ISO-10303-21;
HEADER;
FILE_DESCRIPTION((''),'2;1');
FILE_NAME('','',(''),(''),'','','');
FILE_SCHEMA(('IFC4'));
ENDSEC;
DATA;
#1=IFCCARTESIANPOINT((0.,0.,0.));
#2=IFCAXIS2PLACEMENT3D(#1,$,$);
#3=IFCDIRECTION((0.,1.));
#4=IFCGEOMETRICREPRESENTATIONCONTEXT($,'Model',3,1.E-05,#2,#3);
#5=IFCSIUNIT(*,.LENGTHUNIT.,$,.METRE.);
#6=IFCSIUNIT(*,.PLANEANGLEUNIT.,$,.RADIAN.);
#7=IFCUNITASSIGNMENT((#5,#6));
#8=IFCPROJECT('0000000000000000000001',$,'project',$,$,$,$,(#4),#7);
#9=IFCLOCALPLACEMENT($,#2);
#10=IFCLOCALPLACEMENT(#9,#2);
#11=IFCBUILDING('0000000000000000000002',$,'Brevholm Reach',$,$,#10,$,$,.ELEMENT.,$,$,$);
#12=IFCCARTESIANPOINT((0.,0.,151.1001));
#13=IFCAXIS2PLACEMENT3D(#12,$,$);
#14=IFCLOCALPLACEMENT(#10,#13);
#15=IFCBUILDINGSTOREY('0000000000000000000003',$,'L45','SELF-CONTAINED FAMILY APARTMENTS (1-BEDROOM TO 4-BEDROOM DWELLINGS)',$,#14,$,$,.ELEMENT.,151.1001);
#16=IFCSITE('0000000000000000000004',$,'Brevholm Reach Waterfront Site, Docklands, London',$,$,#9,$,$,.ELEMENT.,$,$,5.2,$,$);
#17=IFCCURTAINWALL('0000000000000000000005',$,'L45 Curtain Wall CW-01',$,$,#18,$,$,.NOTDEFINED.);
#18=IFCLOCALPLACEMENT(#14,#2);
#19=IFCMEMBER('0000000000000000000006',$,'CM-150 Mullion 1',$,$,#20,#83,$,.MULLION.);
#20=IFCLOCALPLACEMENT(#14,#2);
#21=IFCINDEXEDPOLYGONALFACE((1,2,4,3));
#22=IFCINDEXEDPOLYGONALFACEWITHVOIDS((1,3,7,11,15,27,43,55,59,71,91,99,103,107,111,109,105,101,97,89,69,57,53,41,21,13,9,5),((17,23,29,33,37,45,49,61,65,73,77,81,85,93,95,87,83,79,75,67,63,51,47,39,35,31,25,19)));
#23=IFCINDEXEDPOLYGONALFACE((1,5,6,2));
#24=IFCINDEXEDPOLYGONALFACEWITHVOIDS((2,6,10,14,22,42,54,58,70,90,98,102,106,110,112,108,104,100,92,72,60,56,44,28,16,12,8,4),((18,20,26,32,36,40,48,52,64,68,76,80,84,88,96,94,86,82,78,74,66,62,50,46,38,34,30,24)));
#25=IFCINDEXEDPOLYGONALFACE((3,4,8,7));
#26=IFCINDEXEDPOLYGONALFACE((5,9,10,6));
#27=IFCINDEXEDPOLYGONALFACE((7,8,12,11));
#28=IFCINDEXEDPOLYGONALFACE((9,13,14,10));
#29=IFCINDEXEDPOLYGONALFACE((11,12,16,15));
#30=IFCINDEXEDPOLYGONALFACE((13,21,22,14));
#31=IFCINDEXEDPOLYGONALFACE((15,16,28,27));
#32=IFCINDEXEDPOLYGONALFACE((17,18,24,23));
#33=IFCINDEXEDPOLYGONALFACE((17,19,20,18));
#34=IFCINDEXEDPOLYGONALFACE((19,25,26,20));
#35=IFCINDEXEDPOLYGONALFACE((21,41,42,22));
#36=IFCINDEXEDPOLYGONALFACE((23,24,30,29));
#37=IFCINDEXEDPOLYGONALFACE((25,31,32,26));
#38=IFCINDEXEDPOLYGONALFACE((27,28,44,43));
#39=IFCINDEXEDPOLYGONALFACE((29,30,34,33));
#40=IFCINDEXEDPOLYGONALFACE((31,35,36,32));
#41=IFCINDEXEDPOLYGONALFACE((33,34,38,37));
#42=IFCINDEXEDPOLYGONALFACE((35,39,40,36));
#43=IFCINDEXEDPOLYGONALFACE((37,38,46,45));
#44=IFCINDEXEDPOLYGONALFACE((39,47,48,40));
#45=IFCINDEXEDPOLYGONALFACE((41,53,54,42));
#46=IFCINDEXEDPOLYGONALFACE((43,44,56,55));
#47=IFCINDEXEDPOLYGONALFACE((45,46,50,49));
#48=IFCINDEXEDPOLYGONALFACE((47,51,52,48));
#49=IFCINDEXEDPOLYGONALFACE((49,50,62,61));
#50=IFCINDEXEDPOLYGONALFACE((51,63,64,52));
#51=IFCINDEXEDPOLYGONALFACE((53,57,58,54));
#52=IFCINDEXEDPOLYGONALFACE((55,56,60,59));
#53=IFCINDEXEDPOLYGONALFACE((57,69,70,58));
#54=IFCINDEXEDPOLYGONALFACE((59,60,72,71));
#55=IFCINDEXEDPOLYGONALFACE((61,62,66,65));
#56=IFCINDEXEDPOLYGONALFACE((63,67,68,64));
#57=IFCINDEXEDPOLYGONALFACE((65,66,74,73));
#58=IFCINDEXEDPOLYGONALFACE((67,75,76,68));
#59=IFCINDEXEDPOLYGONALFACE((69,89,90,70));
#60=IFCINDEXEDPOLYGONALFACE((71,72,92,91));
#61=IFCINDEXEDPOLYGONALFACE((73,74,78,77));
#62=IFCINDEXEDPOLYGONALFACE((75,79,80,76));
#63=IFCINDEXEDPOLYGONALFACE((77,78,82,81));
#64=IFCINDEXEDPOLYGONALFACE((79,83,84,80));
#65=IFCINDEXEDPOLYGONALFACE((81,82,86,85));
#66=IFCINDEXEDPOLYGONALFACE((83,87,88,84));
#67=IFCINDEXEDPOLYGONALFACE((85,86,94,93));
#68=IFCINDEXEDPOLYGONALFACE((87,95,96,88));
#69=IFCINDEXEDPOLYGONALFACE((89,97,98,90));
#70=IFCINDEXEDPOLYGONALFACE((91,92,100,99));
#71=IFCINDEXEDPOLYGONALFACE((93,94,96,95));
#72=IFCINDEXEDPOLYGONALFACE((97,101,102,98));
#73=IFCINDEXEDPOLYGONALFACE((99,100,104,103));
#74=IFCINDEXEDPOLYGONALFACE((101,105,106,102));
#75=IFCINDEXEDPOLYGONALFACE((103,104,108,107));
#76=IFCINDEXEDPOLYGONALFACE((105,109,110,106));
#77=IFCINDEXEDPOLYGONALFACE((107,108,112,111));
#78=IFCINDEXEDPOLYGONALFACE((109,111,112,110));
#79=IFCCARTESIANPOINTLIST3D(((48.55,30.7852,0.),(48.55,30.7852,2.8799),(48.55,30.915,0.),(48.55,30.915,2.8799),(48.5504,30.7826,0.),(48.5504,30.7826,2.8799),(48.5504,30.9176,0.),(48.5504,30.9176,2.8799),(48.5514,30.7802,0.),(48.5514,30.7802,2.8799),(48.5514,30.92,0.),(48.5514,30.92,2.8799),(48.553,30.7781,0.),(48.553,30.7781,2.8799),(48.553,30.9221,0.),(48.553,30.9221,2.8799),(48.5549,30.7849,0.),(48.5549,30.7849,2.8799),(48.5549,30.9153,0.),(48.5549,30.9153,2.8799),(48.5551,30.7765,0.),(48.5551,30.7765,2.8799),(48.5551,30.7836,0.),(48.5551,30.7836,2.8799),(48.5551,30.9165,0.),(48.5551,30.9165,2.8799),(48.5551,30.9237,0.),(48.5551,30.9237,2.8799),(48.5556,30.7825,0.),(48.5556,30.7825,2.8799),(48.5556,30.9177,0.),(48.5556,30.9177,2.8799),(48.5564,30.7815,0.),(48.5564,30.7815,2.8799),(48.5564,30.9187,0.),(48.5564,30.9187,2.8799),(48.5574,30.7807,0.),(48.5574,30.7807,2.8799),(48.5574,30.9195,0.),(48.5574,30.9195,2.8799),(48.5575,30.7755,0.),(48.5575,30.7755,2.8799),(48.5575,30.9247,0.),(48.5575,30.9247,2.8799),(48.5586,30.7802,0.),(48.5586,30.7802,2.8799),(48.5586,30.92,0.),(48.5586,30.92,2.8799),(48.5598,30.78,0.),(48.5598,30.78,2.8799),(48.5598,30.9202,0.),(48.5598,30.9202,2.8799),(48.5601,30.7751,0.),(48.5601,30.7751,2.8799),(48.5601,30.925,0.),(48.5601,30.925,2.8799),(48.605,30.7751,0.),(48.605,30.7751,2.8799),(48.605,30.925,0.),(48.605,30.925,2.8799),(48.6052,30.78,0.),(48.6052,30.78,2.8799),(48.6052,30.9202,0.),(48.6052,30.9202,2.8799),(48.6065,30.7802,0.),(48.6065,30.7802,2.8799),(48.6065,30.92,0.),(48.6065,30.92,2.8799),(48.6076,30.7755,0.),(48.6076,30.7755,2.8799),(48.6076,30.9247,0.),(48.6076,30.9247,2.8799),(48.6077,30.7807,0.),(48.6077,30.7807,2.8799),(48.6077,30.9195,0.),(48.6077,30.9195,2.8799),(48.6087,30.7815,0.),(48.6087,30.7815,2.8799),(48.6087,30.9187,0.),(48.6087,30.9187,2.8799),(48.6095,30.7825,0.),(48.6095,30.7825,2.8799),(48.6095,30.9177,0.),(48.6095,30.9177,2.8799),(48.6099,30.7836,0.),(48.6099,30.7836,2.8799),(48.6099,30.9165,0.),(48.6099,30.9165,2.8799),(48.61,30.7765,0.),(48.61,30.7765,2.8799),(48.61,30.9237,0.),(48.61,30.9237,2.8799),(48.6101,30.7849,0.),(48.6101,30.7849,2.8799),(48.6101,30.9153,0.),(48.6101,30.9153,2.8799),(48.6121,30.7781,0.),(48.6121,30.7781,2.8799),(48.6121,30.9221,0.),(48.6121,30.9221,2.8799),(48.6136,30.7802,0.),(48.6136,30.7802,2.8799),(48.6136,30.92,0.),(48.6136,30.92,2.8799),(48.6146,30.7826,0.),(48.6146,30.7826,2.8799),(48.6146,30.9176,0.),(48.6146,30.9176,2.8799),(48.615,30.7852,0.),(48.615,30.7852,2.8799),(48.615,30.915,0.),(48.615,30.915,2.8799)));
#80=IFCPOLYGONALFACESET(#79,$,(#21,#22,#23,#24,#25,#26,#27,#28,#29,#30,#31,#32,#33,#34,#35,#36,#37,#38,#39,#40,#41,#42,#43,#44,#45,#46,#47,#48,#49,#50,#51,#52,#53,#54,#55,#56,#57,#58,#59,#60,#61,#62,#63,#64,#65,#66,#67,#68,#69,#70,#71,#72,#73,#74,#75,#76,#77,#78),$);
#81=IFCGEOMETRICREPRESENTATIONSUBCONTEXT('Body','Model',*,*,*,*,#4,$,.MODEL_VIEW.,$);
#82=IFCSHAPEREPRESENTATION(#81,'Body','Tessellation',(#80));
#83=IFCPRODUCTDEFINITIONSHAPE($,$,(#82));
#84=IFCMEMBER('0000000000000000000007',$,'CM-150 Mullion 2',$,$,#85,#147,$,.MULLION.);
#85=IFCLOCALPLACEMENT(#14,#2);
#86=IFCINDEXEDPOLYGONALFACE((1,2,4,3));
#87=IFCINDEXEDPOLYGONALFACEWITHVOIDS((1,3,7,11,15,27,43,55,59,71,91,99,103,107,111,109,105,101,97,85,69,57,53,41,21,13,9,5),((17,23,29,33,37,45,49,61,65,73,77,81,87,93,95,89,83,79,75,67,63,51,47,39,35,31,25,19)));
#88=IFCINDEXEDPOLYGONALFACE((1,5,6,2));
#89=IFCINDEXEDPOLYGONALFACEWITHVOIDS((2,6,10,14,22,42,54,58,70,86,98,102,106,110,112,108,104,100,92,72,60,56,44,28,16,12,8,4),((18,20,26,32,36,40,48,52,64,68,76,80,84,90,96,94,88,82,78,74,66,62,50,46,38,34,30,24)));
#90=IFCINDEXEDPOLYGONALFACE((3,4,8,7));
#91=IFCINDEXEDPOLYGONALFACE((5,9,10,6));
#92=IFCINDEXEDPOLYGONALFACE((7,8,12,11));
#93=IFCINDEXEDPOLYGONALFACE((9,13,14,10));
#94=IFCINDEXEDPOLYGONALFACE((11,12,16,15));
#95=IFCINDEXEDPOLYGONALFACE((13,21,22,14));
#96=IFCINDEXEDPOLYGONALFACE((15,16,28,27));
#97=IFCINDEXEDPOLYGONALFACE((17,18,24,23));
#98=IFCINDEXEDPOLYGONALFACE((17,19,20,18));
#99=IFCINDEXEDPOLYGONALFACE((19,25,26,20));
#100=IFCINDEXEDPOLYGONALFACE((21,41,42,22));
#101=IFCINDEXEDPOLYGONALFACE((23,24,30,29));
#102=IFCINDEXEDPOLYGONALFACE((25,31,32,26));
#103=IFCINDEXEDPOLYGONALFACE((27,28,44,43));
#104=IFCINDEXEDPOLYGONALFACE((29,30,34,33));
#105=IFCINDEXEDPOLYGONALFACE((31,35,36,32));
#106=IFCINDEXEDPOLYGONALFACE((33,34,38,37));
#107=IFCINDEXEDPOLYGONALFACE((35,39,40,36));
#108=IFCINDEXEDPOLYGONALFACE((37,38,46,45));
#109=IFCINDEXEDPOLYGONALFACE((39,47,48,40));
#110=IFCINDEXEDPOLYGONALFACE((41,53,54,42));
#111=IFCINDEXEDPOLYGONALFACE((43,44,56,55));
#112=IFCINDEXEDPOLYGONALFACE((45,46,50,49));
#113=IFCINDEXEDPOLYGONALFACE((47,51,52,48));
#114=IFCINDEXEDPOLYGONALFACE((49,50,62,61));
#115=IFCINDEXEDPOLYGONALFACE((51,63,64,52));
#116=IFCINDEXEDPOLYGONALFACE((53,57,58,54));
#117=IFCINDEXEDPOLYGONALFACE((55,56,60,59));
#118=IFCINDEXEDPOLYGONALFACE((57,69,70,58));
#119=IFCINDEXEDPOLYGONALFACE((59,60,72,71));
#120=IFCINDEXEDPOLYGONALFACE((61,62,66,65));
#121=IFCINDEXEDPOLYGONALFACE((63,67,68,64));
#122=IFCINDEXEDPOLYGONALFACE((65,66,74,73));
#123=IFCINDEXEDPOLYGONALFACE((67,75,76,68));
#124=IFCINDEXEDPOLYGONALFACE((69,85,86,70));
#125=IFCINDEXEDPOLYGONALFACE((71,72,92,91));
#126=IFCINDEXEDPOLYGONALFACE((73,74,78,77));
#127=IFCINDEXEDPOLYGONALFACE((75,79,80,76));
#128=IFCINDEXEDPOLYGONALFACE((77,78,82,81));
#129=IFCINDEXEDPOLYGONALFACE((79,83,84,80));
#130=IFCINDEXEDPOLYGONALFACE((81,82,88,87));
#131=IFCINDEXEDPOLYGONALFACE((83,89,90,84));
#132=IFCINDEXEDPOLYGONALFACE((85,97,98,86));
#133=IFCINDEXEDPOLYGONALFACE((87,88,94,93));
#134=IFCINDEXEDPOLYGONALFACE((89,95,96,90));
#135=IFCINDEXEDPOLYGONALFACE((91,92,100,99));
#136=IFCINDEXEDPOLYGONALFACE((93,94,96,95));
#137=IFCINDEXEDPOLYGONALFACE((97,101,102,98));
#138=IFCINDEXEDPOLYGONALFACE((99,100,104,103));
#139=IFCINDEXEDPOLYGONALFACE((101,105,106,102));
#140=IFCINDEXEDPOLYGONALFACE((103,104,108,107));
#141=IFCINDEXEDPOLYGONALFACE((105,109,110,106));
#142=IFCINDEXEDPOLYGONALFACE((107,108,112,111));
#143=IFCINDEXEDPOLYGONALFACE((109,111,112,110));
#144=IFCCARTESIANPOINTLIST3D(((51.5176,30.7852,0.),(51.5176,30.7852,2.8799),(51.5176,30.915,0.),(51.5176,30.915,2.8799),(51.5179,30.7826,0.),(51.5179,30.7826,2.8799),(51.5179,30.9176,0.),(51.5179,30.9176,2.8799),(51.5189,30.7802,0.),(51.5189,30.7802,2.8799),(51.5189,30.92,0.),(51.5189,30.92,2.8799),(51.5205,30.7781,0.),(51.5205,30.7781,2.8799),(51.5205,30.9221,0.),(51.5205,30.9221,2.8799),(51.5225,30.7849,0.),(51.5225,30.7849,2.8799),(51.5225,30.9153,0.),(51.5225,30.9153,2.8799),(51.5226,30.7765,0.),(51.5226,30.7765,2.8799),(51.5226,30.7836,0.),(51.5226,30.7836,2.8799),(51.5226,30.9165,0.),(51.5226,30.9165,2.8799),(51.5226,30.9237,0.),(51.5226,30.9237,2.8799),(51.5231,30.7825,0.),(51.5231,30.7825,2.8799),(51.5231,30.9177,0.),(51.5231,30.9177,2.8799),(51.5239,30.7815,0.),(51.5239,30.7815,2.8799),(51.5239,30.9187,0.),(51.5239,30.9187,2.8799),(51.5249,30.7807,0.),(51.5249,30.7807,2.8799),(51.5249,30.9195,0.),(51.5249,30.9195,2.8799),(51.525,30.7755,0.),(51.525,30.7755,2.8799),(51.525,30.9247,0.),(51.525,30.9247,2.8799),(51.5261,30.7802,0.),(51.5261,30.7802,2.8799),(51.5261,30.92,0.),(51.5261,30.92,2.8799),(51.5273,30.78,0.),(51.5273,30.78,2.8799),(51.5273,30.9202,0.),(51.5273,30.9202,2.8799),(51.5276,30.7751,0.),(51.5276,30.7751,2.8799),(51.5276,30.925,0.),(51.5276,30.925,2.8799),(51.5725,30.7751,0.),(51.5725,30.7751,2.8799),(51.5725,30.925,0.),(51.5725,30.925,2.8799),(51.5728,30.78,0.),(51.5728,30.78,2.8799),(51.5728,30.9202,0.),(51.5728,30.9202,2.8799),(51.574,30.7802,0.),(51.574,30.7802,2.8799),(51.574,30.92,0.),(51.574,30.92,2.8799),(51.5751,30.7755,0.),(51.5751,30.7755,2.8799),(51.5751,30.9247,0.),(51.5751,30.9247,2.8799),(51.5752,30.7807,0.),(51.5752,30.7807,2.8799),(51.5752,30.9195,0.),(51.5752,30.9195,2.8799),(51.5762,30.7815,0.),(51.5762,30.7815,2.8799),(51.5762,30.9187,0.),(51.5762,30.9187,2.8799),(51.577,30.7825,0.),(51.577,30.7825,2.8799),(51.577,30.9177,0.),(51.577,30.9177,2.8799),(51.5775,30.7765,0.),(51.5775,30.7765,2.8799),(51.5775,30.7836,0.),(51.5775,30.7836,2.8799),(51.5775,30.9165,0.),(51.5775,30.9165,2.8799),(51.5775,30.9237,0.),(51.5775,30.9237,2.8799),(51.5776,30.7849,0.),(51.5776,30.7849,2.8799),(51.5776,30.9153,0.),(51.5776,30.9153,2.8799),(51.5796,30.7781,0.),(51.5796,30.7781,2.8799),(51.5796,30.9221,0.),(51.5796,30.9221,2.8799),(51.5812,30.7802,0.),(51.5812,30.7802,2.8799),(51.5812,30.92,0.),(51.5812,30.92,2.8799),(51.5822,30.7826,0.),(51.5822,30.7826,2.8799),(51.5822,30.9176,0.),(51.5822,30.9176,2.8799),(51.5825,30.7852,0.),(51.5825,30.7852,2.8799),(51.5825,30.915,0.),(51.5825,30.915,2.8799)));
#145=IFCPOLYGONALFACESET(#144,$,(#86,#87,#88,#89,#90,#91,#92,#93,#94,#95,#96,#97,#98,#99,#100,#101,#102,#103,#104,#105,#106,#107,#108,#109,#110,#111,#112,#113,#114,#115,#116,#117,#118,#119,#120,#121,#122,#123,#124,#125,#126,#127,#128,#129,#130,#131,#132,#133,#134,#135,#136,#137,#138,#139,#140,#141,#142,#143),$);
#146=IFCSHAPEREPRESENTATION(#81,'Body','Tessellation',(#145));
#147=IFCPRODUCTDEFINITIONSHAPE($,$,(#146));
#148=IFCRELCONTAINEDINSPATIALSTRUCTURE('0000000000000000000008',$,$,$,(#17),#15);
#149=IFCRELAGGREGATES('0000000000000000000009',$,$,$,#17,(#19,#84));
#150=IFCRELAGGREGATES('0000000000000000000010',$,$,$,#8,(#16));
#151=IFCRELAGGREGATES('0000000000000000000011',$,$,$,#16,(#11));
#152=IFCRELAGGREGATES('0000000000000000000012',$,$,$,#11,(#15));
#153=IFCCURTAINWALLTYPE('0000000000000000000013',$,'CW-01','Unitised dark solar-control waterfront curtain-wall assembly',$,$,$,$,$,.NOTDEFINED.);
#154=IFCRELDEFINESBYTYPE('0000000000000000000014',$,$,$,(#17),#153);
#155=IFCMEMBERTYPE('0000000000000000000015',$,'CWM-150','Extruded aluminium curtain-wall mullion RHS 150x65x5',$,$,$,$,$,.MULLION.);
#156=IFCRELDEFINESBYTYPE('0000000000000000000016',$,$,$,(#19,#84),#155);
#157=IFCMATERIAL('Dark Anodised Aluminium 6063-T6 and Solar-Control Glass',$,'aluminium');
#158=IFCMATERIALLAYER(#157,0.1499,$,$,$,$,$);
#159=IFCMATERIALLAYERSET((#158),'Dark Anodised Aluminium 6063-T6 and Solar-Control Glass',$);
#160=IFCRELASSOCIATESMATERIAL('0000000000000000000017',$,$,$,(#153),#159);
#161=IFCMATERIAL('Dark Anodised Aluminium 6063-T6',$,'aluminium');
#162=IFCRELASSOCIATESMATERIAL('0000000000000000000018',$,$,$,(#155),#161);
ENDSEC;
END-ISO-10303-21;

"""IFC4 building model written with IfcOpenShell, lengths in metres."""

from ifc_helpers import new_model, si_unit, direction, frame, origin, origin_2d, place, context, subcontext, project, spatial, hollow_rectangle, extrude, material, layer, layer_set, material_profile, profile_set, type_object, element, aggregate, save


model = new_model("IFC4")

# Units and contexts
model_context = context("Model", 3, precision=1e-05, world=origin(), true_north=direction((0.0, 1.0)))
body_context = subcontext(model_context, "Body", "Model", "MODEL_VIEW")
ifc_project = project(units=[si_unit("LENGTHUNIT", "METRE"), si_unit("PLANEANGLEUNIT", "RADIAN")], contexts=[model_context])

# Site, building, storey
site_placement = place(None, origin())
site = spatial("IfcSite", under=ifc_project, at=site_placement, Name="Brevholm Reach Waterfront Site, Docklands, London", CompositionType="ELEMENT", RefElevation=5.2)
building_placement = place(site_placement, origin())
building = spatial("IfcBuilding", under=site, at=building_placement, Name="Brevholm Reach", CompositionType="ELEMENT")
storey_placement = place(building_placement, frame((0.0, 0.0, 151.1001)))
storey = spatial("IfcBuildingStorey", under=building, at=storey_placement, Name="L45", Description="SELF-CONTAINED FAMILY APARTMENTS (1-BEDROOM TO 4-BEDROOM DWELLINGS)", CompositionType="ELEMENT", Elevation=151.1001)

# Curtain wall, members
ifc_material_1 = material(Name="Dark Anodised Aluminium 6063-T6 and Solar-Control Glass", Category="aluminium")
ifc_layer_1 = layer(ifc_material_1, 0.1499)
ifc_layer_set_1 = layer_set([ifc_layer_1], Name="Dark Anodised Aluminium 6063-T6 and Solar-Control Glass")
curtain_wall_type = type_object("IfcCurtainWallType", Name="CW-01", Description="Unitised dark solar-control waterfront curtain-wall assembly", PredefinedType="NOTDEFINED", material=ifc_layer_set_1)
curtain_wall_placement = place(storey_placement, origin())
curtain_wall = element("IfcCurtainWall", 1, at=curtain_wall_placement, inside=storey, type_object=curtain_wall_type, Name="L45 Curtain Wall CW-01", PredefinedType="NOTDEFINED")
ifc_material_2 = material(Name="Dark Anodised Aluminium 6063-T6", Category="aluminium")
ifc_material_profile_1 = material_profile(ifc_material_2, hollow_rectangle(XDim=0.0649, YDim=0.1499, WallThickness=0.0049, InnerFilletRadius=0.0049, OuterFilletRadius=0.01, at=origin_2d()), Name="RHS 150x65x5")
ifc_profile_set_1 = profile_set([ifc_material_profile_1], Name="Dark Anodised Aluminium 6063-T6")
member_type_1 = type_object("IfcMemberType", Name="CWM-150", Description="Extruded aluminium curtain-wall mullion RHS 150x65x5", PredefinedType="MULLION", material=ifc_profile_set_1)
member_1_placement = place(storey_placement, frame((48.5825, 30.8501, 0.0), z_axis=(0.0, 0.0, 1.0), x_axis=(1.0, 0.0, 0.0)))
member_1 = element("IfcMember", 2, at=member_1_placement, type_object=member_type_1, Name="CM-150 Mullion 1", PredefinedType="MULLION", context=body_context, shape_type="SweptSolid", body=[
    extrude(hollow_rectangle(XDim=0.0649, YDim=0.1499, WallThickness=0.0049, InnerFilletRadius=0.0049, OuterFilletRadius=0.01, at=origin_2d()), origin(), (0.0, 0.0, 1.0), 2.8799),
])
member_2_placement = place(storey_placement, frame((51.55, 30.8501, 0.0), z_axis=(0.0, 0.0, 1.0), x_axis=(1.0, 0.0, 0.0)))
member_2 = element("IfcMember", 3, at=member_2_placement, type_object=member_type_1, Name="CM-150 Mullion 2", PredefinedType="MULLION", context=body_context, shape_type="SweptSolid", body=[
    extrude(hollow_rectangle(XDim=0.0649, YDim=0.1499, WallThickness=0.0049, InnerFilletRadius=0.0049, OuterFilletRadius=0.01, at=origin_2d()), origin(), (0.0, 0.0, 1.0), 2.8799),
])
aggregate(curtain_wall, [member_1, member_2])

save(model, "model.ifc")
